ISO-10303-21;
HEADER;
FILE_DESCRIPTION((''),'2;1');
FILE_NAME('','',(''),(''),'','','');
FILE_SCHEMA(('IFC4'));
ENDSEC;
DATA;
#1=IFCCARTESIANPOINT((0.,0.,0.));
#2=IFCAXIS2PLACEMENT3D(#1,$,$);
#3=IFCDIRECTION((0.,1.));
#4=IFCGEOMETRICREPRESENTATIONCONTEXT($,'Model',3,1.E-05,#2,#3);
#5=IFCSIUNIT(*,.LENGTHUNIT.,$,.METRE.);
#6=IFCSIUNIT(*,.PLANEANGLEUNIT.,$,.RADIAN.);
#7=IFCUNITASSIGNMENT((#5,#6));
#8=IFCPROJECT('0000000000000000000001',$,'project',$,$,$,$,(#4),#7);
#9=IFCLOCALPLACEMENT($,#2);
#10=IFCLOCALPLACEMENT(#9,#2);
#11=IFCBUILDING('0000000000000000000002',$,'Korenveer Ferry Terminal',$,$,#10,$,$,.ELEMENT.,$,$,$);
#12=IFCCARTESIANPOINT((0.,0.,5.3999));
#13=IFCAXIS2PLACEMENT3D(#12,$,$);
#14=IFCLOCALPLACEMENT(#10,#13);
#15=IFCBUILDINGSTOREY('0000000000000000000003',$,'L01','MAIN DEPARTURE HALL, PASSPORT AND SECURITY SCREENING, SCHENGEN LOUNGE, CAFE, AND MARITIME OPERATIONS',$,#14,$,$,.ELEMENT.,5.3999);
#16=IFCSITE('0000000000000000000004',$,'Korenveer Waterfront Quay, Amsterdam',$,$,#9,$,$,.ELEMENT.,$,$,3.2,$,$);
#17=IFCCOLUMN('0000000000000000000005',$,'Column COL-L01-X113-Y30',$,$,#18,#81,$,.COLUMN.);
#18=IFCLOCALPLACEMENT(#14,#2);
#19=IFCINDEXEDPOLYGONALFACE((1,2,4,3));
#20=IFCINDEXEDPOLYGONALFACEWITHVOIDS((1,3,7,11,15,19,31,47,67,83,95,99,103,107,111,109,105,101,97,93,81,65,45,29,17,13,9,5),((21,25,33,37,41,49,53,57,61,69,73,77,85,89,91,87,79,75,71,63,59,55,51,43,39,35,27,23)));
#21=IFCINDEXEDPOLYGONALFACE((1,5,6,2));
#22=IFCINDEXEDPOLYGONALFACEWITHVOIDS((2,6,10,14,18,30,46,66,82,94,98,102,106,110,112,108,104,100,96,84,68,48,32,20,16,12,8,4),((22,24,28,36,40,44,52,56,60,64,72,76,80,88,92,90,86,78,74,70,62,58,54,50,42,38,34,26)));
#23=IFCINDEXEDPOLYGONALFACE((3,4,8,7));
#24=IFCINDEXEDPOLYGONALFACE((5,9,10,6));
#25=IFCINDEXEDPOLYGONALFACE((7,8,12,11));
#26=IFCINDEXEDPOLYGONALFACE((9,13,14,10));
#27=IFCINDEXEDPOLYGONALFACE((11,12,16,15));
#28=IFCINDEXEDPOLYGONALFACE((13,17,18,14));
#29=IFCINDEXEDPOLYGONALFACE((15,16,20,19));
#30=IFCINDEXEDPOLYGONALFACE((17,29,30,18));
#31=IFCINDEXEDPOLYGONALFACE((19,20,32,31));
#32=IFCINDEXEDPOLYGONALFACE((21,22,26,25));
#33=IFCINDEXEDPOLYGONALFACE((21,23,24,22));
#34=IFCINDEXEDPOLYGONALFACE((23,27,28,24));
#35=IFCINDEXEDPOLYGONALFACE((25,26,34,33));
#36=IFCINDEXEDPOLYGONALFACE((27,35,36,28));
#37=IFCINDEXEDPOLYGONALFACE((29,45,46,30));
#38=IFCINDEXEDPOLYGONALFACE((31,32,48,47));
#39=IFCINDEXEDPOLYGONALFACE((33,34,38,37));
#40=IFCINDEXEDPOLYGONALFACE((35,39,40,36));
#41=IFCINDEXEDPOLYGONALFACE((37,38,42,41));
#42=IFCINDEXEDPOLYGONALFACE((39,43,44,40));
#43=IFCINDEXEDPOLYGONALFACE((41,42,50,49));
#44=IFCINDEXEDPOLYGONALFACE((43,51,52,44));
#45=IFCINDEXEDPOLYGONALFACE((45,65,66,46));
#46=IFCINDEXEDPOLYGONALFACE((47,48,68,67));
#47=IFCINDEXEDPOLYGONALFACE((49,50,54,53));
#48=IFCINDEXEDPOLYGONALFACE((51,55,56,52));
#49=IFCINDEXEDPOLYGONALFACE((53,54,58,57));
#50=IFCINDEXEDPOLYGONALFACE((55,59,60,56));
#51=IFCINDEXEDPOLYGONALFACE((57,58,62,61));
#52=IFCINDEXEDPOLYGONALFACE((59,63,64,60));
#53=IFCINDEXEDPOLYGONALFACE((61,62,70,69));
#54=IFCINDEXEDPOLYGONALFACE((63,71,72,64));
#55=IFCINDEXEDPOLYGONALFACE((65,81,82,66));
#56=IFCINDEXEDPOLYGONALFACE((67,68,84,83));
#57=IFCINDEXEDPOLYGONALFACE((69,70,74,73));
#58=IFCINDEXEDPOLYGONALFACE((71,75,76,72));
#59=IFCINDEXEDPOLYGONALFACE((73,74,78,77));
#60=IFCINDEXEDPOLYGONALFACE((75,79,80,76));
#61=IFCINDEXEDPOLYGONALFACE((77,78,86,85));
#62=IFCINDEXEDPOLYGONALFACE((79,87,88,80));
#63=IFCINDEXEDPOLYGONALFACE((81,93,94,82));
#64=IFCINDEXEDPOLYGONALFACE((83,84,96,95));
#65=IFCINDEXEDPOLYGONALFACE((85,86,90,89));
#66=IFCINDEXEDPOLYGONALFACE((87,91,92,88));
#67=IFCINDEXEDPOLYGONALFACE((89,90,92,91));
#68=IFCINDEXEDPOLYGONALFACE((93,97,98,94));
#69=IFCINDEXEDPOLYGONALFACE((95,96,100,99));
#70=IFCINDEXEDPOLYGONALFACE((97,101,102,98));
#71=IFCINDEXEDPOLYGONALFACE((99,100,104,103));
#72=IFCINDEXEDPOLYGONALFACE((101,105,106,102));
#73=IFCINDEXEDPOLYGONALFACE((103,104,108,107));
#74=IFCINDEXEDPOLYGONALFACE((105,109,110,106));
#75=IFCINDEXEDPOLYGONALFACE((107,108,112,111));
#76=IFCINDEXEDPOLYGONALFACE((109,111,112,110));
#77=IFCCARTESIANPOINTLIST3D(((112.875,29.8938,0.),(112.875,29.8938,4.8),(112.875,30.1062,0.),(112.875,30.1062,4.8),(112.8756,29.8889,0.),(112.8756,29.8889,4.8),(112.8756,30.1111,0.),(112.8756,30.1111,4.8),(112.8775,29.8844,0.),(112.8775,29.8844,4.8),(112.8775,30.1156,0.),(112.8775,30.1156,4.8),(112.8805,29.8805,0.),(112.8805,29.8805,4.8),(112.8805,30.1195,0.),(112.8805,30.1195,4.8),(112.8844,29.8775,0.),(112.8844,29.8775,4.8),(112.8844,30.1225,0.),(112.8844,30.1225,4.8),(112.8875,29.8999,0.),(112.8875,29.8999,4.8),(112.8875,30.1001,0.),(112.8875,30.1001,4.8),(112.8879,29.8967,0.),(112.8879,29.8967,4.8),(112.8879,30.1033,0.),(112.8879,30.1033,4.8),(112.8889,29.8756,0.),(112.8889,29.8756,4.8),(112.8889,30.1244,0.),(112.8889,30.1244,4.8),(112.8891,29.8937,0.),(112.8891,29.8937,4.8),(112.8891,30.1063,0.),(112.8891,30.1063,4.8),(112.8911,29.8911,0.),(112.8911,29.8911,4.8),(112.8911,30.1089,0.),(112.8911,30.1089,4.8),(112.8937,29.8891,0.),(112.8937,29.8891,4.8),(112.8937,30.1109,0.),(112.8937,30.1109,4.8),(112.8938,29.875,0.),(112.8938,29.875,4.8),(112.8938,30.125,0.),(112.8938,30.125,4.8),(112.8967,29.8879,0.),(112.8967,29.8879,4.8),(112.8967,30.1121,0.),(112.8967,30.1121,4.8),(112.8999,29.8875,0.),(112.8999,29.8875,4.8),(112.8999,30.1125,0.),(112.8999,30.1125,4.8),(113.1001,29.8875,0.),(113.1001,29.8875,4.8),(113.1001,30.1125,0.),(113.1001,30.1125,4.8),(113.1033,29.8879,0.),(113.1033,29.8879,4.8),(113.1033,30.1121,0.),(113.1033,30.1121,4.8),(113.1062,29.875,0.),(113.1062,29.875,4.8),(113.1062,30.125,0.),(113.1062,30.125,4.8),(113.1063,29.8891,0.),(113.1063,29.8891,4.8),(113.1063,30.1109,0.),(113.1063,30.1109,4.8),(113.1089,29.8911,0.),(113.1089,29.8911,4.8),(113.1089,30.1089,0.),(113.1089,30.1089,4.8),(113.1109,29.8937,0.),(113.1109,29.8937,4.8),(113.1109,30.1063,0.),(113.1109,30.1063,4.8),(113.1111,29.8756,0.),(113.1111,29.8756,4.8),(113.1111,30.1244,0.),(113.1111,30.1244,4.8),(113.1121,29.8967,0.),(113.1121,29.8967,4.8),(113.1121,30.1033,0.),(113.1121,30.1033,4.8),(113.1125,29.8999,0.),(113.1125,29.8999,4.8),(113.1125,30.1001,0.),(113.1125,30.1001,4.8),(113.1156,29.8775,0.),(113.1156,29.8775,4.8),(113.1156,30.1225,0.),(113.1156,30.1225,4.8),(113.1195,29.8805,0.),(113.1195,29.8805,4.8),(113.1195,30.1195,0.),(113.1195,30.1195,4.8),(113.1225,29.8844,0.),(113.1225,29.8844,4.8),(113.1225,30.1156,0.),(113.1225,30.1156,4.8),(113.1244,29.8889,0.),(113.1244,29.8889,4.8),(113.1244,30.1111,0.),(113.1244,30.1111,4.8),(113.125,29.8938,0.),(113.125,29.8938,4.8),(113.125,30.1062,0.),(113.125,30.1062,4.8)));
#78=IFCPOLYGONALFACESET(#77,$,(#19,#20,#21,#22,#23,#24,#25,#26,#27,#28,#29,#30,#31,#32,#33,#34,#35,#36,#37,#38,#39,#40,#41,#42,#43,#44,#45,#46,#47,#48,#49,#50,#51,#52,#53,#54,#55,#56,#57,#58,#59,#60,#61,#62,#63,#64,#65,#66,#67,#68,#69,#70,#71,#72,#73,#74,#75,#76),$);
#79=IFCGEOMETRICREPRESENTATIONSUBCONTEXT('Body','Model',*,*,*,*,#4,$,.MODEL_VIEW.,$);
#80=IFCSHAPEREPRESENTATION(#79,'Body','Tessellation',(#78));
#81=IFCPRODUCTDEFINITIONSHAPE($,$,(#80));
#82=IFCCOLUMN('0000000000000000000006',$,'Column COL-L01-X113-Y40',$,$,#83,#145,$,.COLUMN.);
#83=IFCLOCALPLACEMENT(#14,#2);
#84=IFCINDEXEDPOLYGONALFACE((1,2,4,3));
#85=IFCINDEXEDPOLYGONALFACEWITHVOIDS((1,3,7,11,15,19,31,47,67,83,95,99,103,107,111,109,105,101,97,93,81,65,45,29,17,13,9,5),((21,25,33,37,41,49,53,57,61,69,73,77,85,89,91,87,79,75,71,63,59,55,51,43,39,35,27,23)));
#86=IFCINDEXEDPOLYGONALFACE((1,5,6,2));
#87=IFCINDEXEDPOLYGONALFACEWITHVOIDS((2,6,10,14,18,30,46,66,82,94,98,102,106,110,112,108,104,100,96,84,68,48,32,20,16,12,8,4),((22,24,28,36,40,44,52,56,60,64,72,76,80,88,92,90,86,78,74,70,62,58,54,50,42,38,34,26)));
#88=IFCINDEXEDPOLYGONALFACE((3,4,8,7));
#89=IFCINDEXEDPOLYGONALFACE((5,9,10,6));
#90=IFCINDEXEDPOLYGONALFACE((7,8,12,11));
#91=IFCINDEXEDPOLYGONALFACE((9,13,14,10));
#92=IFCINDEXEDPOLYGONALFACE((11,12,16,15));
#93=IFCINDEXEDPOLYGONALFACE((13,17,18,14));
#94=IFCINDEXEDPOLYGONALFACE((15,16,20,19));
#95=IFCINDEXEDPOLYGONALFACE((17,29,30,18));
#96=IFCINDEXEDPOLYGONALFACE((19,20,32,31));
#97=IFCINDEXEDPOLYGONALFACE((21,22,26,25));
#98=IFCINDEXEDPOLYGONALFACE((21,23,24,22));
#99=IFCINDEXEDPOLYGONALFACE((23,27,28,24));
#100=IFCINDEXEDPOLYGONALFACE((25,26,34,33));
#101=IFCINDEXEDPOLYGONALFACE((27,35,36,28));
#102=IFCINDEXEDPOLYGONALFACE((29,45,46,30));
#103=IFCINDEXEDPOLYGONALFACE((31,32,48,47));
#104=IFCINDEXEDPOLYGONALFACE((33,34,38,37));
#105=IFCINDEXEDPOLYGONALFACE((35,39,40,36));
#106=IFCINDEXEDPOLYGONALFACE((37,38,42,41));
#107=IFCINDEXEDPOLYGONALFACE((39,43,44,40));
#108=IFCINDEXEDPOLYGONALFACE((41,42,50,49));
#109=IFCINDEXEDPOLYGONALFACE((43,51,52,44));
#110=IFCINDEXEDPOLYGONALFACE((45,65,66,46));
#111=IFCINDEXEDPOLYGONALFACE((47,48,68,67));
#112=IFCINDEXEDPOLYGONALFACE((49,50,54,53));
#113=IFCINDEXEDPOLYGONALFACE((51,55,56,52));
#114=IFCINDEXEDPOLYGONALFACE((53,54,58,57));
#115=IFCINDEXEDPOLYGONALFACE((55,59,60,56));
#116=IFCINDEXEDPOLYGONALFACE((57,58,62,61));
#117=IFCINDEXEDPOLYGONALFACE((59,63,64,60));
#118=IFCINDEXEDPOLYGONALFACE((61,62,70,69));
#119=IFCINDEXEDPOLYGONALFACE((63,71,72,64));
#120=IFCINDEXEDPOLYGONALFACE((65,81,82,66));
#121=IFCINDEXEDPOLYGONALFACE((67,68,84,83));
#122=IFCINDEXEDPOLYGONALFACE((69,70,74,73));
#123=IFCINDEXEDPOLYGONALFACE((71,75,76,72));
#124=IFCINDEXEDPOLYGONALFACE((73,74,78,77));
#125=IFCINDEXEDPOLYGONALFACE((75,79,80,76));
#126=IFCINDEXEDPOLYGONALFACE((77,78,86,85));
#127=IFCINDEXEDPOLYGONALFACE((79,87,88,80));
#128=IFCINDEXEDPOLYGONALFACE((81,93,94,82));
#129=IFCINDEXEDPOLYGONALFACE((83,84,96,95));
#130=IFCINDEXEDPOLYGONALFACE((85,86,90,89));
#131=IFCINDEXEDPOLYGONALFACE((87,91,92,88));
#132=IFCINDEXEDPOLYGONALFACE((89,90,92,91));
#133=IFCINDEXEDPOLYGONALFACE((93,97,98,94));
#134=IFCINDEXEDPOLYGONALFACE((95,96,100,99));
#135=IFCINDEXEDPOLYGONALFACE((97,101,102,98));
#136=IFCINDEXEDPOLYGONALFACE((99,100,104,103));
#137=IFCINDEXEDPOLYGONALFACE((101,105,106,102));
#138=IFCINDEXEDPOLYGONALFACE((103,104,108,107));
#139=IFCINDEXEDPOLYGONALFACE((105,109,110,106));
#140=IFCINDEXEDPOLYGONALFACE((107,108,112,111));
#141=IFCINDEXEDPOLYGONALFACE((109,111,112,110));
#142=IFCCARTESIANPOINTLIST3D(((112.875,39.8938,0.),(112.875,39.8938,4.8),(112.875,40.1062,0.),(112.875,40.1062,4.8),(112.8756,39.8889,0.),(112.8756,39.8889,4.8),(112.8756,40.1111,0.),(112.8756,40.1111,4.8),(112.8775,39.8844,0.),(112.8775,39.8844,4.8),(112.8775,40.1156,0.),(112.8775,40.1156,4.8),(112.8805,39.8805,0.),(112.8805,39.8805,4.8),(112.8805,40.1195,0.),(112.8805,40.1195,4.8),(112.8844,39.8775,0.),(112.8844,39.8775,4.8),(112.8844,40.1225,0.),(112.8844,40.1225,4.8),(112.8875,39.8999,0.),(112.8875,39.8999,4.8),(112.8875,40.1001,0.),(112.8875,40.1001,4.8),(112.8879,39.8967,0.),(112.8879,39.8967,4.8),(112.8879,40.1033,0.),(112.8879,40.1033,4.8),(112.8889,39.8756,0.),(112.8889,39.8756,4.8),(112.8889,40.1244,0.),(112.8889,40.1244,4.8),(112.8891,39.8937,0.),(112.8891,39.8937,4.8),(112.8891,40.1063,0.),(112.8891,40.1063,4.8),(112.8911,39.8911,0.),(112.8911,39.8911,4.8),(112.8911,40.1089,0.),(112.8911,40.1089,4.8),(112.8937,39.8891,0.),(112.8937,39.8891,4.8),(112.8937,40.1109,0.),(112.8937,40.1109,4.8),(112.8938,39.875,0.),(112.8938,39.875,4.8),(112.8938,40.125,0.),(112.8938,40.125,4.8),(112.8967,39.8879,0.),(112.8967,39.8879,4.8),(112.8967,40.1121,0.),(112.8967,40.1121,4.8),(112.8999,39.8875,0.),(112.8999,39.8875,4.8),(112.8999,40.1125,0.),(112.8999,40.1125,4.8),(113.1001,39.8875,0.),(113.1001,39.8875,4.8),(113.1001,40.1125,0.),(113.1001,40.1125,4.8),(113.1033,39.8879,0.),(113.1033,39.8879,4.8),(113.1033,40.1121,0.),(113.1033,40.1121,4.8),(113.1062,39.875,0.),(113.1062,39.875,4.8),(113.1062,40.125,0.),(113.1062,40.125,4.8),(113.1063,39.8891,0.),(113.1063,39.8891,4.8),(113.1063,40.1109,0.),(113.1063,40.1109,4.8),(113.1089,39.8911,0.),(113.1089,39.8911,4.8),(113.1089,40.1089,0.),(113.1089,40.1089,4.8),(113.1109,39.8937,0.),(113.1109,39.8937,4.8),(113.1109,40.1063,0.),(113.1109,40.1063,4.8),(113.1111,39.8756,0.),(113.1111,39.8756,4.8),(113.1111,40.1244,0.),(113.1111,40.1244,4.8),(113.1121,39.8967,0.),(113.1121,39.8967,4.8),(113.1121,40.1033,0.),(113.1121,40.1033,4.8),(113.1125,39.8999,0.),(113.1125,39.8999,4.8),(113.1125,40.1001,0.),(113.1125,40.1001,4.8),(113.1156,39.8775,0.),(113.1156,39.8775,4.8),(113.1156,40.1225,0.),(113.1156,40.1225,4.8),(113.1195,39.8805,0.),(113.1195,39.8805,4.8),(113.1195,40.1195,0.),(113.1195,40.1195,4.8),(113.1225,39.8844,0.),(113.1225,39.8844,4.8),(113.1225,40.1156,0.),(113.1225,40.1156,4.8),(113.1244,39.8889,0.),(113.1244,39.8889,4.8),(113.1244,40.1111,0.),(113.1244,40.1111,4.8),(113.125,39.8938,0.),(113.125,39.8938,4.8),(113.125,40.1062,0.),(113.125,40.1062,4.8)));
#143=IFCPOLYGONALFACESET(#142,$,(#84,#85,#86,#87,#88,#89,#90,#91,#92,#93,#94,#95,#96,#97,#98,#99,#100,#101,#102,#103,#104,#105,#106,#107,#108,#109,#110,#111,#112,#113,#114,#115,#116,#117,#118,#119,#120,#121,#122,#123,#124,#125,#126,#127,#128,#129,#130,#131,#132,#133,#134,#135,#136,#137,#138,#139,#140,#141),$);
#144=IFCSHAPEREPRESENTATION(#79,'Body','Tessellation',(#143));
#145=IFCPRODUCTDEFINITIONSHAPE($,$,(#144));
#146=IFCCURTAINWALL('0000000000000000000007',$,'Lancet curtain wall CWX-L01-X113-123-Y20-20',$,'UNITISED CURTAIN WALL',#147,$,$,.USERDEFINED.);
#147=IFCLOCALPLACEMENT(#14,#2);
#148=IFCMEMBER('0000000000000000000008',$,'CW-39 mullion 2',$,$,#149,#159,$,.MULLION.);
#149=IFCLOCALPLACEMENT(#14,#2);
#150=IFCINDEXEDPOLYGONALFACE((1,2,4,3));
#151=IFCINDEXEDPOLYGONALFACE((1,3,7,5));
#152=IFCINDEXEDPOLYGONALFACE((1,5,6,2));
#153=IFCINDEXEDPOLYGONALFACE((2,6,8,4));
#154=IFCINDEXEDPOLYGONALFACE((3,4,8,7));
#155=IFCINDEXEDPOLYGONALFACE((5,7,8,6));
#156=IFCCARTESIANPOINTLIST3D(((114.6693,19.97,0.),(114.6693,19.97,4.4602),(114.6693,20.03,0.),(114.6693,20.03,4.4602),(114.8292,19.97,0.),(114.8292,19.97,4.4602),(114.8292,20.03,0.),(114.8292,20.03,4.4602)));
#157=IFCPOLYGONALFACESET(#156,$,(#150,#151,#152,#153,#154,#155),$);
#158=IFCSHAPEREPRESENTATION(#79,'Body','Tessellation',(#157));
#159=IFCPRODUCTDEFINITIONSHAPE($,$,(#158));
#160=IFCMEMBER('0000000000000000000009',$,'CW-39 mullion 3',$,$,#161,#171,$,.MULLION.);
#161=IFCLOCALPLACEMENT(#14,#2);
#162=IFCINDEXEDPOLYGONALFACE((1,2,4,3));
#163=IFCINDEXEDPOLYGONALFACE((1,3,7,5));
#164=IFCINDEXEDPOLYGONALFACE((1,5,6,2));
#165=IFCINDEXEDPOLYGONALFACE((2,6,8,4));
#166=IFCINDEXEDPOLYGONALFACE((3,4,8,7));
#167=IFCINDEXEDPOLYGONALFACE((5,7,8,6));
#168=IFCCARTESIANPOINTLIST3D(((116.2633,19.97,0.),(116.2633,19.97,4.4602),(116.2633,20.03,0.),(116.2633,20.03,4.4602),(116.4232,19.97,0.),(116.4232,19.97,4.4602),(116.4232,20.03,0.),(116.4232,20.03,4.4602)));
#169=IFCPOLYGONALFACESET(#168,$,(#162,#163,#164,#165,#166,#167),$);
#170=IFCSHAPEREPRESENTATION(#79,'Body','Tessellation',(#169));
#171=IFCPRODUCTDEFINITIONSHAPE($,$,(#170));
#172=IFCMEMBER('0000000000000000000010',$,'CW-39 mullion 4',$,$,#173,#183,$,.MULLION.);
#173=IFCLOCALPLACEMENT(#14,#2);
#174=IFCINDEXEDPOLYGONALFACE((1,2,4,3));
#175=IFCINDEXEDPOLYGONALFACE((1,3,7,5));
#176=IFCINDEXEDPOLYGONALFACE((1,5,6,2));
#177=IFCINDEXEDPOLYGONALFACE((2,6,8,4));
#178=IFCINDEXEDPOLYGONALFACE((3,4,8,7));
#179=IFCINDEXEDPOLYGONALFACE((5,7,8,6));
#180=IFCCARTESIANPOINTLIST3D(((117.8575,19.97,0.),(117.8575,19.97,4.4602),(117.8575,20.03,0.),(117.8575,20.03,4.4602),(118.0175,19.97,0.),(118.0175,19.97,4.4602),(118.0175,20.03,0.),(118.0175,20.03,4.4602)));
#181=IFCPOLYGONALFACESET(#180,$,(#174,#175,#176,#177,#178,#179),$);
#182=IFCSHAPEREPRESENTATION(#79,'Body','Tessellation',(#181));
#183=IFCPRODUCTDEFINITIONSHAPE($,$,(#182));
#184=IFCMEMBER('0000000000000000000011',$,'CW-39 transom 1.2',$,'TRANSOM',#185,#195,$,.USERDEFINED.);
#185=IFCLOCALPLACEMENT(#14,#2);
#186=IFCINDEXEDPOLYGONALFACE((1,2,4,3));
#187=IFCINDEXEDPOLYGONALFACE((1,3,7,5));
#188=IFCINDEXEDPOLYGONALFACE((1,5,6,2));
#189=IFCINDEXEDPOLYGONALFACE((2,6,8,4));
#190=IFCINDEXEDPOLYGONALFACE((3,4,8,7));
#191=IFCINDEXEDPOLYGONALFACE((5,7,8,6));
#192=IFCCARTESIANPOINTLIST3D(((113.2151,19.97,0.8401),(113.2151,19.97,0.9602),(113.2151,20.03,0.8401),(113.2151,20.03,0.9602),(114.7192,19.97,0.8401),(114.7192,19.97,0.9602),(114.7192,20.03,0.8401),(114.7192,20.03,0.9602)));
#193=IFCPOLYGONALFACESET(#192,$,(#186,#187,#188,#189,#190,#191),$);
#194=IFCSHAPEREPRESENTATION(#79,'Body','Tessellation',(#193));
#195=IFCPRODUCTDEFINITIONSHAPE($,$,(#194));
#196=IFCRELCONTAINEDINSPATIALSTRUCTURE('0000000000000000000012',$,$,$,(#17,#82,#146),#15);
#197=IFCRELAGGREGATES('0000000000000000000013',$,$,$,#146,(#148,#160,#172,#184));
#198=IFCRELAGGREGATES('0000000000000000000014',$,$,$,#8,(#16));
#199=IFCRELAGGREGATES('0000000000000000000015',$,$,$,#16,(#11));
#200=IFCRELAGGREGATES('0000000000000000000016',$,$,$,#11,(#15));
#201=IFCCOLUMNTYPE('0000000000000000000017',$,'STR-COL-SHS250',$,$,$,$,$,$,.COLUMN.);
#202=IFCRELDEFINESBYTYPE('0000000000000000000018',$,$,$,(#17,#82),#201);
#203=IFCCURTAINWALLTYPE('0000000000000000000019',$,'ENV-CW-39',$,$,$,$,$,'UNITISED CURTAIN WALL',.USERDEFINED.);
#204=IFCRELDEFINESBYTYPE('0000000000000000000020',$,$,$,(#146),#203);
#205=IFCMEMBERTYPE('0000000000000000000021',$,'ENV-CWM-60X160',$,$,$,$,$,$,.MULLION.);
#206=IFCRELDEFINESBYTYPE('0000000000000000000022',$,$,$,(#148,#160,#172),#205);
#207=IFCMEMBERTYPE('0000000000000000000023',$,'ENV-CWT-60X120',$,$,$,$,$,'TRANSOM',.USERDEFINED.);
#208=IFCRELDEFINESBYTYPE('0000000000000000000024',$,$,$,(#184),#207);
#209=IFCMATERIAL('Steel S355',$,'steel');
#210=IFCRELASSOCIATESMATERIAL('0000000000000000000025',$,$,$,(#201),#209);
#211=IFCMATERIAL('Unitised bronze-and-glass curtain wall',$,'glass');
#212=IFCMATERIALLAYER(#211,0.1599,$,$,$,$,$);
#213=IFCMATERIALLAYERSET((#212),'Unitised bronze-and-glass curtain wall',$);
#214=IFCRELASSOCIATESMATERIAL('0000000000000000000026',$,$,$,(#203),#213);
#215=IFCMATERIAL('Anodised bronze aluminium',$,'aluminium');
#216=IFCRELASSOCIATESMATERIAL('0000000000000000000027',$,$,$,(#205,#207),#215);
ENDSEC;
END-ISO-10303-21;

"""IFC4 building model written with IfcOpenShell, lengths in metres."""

from ifc_helpers import new_model, si_unit, direction, frame, origin, origin_2d, place, context, subcontext, project, spatial, rectangle, hollow_rectangle, extrude, material, layer, layer_set, material_profile, profile_set, type_object, element, aggregate, save


model = new_model("IFC4")

# Units and contexts
model_context = context("Model", 3, precision=1e-05, world=origin(), true_north=direction((0.0, 1.0)))
body_context = subcontext(model_context, "Body", "Model", "MODEL_VIEW")
ifc_project = project(units=[si_unit("LENGTHUNIT", "METRE"), si_unit("PLANEANGLEUNIT", "RADIAN")], contexts=[model_context])

# Site, building, storey
site_placement = place(None, origin())
site = spatial("IfcSite", under=ifc_project, at=site_placement, Name="Korenveer Waterfront Quay, Amsterdam", CompositionType="ELEMENT", RefElevation=3.2)
building_placement = place(site_placement, origin())
building = spatial("IfcBuilding", under=site, at=building_placement, Name="Korenveer Ferry Terminal", CompositionType="ELEMENT")
storey_placement = place(building_placement, frame((0.0, 0.0, 5.3999)))
storey = spatial("IfcBuildingStorey", under=building, at=storey_placement, Name="L01", Description="MAIN DEPARTURE HALL, PASSPORT AND SECURITY SCREENING, SCHENGEN LOUNGE, CAFE, AND MARITIME OPERATIONS", CompositionType="ELEMENT", Elevation=5.3999)

# Columns
ifc_material_1 = material(Name="Steel S355", Category="steel")
ifc_material_profile_1 = material_profile(ifc_material_1, hollow_rectangle(XDim=0.25, YDim=0.25, WallThickness=0.0125, InnerFilletRadius=0.0125, OuterFilletRadius=0.0188, at=origin_2d()), Name="SHS 250x250x12.5")
ifc_profile_set_1 = profile_set([ifc_material_profile_1], Name="Steel S355")
column_type = type_object("IfcColumnType", Name="STR-COL-SHS250", PredefinedType="COLUMN", material=ifc_profile_set_1)
for number, where, z_axis, x_axis, name in (
    (1, (113.0, 30.0, 0.0), (0.0, 0.0, 1.0), (1.0, 0.0, 0.0), "Column COL-L01-X113-Y30"),
    (2, (113.0, 40.0, 0.0), (0.0, 0.0, 1.0), (1.0, 0.0, 0.0), "Column COL-L01-X113-Y40"),
):
    element("IfcColumn", number, at=place(storey_placement, frame(where, z_axis=z_axis, x_axis=x_axis)), inside=storey, type_object=column_type, Name=name, PredefinedType="COLUMN", context=body_context, shape_type="SweptSolid", body=[
        extrude(hollow_rectangle(XDim=0.25, YDim=0.25, WallThickness=0.0125, InnerFilletRadius=0.0125, OuterFilletRadius=0.0188, at=origin_2d()), origin(), (0.0, 0.0, 1.0), 4.8),
    ])

# Curtain wall, members
ifc_material_2 = material(Name="Unitised bronze-and-glass curtain wall", Category="glass")
ifc_layer_1 = layer(ifc_material_2, 0.1599)
ifc_layer_set_1 = layer_set([ifc_layer_1], Name="Unitised bronze-and-glass curtain wall")
curtain_wall_type = type_object("IfcCurtainWallType", Name="ENV-CW-39", ElementType="UNITISED CURTAIN WALL", PredefinedType="USERDEFINED", material=ifc_layer_set_1)
curtain_wall_placement = place(storey_placement, frame((113.155, 20.0, 0.0)))
curtain_wall = element("IfcCurtainWall", 3, at=curtain_wall_placement, inside=storey, type_object=curtain_wall_type, Name="Lancet curtain wall CWX-L01-X113-123-Y20-20", ObjectType="UNITISED CURTAIN WALL", PredefinedType="USERDEFINED")
ifc_material_3 = material(Name="Anodised bronze aluminium", Category="aluminium")
ifc_material_profile_2 = material_profile(ifc_material_3, rectangle(XDim=0.0601, YDim=0.1599, at=origin_2d()), Name="ALU 60x160")
ifc_profile_set_2 = profile_set([ifc_material_profile_2], Name="Anodised bronze aluminium")
member_type_1 = type_object("IfcMemberType", Name="ENV-CWM-60X160", PredefinedType="MULLION", material=ifc_profile_set_2)
member_1_placement = place(storey_placement, frame((114.7493, 20.0, 0.0), z_axis=(0.0, 0.0, 1.0), x_axis=(0.0, 1.0, 0.0)))
member_1 = element("IfcMember", 4, at=member_1_placement, type_object=member_type_1, Name="CW-39 mullion 2", PredefinedType="MULLION", context=body_context, shape_type="SweptSolid", body=[
    extrude(rectangle(XDim=0.0601, YDim=0.1599, at=origin_2d()), origin(), (0.0, 0.0, 1.0), 4.4602),
])
member_2_placement = place(storey_placement, frame((116.3433, 20.0, 0.0), z_axis=(0.0, 0.0, 1.0), x_axis=(0.0, 1.0, 0.0)))
member_2 = element("IfcMember", 5, at=member_2_placement, type_object=member_type_1, Name="CW-39 mullion 3", PredefinedType="MULLION", context=body_context, shape_type="SweptSolid", body=[
    extrude(rectangle(XDim=0.0601, YDim=0.1599, at=origin_2d()), origin(), (0.0, 0.0, 1.0), 4.4602),
])
member_3_placement = place(storey_placement, frame((117.9375, 20.0, 0.0), z_axis=(0.0, 0.0, 1.0), x_axis=(0.0, 1.0, 0.0)))
member_3 = element("IfcMember", 6, at=member_3_placement, type_object=member_type_1, Name="CW-39 mullion 4", PredefinedType="MULLION", context=body_context, shape_type="SweptSolid", body=[
    extrude(rectangle(XDim=0.0601, YDim=0.1599, at=origin_2d()), origin(), (0.0, 0.0, 1.0), 4.4602),
])
ifc_material_profile_3 = material_profile(ifc_material_3, rectangle(XDim=0.0601, YDim=0.1201, at=origin_2d()), Name="ALU 60x120")
ifc_profile_set_3 = profile_set([ifc_material_profile_3], Name="Anodised bronze aluminium")
member_type_2 = type_object("IfcMemberType", Name="ENV-CWT-60X120", ElementType="TRANSOM", PredefinedType="USERDEFINED", material=ifc_profile_set_3)
member_4_placement = place(storey_placement, frame((113.2151, 20.0, 0.9001), z_axis=(1.0, 0.0, 0.0), x_axis=(0.0, 1.0, 0.0)))
member_4 = element("IfcMember", 7, at=member_4_placement, type_object=member_type_2, Name="CW-39 transom 1.2", ObjectType="TRANSOM", PredefinedType="USERDEFINED", context=body_context, shape_type="SweptSolid", body=[
    extrude(rectangle(XDim=0.0601, YDim=0.1201, at=origin_2d()), origin(), (0.0, 0.0, 1.0), 1.5042),
])
aggregate(curtain_wall, [member_1, member_2, member_3, member_4])

save(model, "model.ifc")
